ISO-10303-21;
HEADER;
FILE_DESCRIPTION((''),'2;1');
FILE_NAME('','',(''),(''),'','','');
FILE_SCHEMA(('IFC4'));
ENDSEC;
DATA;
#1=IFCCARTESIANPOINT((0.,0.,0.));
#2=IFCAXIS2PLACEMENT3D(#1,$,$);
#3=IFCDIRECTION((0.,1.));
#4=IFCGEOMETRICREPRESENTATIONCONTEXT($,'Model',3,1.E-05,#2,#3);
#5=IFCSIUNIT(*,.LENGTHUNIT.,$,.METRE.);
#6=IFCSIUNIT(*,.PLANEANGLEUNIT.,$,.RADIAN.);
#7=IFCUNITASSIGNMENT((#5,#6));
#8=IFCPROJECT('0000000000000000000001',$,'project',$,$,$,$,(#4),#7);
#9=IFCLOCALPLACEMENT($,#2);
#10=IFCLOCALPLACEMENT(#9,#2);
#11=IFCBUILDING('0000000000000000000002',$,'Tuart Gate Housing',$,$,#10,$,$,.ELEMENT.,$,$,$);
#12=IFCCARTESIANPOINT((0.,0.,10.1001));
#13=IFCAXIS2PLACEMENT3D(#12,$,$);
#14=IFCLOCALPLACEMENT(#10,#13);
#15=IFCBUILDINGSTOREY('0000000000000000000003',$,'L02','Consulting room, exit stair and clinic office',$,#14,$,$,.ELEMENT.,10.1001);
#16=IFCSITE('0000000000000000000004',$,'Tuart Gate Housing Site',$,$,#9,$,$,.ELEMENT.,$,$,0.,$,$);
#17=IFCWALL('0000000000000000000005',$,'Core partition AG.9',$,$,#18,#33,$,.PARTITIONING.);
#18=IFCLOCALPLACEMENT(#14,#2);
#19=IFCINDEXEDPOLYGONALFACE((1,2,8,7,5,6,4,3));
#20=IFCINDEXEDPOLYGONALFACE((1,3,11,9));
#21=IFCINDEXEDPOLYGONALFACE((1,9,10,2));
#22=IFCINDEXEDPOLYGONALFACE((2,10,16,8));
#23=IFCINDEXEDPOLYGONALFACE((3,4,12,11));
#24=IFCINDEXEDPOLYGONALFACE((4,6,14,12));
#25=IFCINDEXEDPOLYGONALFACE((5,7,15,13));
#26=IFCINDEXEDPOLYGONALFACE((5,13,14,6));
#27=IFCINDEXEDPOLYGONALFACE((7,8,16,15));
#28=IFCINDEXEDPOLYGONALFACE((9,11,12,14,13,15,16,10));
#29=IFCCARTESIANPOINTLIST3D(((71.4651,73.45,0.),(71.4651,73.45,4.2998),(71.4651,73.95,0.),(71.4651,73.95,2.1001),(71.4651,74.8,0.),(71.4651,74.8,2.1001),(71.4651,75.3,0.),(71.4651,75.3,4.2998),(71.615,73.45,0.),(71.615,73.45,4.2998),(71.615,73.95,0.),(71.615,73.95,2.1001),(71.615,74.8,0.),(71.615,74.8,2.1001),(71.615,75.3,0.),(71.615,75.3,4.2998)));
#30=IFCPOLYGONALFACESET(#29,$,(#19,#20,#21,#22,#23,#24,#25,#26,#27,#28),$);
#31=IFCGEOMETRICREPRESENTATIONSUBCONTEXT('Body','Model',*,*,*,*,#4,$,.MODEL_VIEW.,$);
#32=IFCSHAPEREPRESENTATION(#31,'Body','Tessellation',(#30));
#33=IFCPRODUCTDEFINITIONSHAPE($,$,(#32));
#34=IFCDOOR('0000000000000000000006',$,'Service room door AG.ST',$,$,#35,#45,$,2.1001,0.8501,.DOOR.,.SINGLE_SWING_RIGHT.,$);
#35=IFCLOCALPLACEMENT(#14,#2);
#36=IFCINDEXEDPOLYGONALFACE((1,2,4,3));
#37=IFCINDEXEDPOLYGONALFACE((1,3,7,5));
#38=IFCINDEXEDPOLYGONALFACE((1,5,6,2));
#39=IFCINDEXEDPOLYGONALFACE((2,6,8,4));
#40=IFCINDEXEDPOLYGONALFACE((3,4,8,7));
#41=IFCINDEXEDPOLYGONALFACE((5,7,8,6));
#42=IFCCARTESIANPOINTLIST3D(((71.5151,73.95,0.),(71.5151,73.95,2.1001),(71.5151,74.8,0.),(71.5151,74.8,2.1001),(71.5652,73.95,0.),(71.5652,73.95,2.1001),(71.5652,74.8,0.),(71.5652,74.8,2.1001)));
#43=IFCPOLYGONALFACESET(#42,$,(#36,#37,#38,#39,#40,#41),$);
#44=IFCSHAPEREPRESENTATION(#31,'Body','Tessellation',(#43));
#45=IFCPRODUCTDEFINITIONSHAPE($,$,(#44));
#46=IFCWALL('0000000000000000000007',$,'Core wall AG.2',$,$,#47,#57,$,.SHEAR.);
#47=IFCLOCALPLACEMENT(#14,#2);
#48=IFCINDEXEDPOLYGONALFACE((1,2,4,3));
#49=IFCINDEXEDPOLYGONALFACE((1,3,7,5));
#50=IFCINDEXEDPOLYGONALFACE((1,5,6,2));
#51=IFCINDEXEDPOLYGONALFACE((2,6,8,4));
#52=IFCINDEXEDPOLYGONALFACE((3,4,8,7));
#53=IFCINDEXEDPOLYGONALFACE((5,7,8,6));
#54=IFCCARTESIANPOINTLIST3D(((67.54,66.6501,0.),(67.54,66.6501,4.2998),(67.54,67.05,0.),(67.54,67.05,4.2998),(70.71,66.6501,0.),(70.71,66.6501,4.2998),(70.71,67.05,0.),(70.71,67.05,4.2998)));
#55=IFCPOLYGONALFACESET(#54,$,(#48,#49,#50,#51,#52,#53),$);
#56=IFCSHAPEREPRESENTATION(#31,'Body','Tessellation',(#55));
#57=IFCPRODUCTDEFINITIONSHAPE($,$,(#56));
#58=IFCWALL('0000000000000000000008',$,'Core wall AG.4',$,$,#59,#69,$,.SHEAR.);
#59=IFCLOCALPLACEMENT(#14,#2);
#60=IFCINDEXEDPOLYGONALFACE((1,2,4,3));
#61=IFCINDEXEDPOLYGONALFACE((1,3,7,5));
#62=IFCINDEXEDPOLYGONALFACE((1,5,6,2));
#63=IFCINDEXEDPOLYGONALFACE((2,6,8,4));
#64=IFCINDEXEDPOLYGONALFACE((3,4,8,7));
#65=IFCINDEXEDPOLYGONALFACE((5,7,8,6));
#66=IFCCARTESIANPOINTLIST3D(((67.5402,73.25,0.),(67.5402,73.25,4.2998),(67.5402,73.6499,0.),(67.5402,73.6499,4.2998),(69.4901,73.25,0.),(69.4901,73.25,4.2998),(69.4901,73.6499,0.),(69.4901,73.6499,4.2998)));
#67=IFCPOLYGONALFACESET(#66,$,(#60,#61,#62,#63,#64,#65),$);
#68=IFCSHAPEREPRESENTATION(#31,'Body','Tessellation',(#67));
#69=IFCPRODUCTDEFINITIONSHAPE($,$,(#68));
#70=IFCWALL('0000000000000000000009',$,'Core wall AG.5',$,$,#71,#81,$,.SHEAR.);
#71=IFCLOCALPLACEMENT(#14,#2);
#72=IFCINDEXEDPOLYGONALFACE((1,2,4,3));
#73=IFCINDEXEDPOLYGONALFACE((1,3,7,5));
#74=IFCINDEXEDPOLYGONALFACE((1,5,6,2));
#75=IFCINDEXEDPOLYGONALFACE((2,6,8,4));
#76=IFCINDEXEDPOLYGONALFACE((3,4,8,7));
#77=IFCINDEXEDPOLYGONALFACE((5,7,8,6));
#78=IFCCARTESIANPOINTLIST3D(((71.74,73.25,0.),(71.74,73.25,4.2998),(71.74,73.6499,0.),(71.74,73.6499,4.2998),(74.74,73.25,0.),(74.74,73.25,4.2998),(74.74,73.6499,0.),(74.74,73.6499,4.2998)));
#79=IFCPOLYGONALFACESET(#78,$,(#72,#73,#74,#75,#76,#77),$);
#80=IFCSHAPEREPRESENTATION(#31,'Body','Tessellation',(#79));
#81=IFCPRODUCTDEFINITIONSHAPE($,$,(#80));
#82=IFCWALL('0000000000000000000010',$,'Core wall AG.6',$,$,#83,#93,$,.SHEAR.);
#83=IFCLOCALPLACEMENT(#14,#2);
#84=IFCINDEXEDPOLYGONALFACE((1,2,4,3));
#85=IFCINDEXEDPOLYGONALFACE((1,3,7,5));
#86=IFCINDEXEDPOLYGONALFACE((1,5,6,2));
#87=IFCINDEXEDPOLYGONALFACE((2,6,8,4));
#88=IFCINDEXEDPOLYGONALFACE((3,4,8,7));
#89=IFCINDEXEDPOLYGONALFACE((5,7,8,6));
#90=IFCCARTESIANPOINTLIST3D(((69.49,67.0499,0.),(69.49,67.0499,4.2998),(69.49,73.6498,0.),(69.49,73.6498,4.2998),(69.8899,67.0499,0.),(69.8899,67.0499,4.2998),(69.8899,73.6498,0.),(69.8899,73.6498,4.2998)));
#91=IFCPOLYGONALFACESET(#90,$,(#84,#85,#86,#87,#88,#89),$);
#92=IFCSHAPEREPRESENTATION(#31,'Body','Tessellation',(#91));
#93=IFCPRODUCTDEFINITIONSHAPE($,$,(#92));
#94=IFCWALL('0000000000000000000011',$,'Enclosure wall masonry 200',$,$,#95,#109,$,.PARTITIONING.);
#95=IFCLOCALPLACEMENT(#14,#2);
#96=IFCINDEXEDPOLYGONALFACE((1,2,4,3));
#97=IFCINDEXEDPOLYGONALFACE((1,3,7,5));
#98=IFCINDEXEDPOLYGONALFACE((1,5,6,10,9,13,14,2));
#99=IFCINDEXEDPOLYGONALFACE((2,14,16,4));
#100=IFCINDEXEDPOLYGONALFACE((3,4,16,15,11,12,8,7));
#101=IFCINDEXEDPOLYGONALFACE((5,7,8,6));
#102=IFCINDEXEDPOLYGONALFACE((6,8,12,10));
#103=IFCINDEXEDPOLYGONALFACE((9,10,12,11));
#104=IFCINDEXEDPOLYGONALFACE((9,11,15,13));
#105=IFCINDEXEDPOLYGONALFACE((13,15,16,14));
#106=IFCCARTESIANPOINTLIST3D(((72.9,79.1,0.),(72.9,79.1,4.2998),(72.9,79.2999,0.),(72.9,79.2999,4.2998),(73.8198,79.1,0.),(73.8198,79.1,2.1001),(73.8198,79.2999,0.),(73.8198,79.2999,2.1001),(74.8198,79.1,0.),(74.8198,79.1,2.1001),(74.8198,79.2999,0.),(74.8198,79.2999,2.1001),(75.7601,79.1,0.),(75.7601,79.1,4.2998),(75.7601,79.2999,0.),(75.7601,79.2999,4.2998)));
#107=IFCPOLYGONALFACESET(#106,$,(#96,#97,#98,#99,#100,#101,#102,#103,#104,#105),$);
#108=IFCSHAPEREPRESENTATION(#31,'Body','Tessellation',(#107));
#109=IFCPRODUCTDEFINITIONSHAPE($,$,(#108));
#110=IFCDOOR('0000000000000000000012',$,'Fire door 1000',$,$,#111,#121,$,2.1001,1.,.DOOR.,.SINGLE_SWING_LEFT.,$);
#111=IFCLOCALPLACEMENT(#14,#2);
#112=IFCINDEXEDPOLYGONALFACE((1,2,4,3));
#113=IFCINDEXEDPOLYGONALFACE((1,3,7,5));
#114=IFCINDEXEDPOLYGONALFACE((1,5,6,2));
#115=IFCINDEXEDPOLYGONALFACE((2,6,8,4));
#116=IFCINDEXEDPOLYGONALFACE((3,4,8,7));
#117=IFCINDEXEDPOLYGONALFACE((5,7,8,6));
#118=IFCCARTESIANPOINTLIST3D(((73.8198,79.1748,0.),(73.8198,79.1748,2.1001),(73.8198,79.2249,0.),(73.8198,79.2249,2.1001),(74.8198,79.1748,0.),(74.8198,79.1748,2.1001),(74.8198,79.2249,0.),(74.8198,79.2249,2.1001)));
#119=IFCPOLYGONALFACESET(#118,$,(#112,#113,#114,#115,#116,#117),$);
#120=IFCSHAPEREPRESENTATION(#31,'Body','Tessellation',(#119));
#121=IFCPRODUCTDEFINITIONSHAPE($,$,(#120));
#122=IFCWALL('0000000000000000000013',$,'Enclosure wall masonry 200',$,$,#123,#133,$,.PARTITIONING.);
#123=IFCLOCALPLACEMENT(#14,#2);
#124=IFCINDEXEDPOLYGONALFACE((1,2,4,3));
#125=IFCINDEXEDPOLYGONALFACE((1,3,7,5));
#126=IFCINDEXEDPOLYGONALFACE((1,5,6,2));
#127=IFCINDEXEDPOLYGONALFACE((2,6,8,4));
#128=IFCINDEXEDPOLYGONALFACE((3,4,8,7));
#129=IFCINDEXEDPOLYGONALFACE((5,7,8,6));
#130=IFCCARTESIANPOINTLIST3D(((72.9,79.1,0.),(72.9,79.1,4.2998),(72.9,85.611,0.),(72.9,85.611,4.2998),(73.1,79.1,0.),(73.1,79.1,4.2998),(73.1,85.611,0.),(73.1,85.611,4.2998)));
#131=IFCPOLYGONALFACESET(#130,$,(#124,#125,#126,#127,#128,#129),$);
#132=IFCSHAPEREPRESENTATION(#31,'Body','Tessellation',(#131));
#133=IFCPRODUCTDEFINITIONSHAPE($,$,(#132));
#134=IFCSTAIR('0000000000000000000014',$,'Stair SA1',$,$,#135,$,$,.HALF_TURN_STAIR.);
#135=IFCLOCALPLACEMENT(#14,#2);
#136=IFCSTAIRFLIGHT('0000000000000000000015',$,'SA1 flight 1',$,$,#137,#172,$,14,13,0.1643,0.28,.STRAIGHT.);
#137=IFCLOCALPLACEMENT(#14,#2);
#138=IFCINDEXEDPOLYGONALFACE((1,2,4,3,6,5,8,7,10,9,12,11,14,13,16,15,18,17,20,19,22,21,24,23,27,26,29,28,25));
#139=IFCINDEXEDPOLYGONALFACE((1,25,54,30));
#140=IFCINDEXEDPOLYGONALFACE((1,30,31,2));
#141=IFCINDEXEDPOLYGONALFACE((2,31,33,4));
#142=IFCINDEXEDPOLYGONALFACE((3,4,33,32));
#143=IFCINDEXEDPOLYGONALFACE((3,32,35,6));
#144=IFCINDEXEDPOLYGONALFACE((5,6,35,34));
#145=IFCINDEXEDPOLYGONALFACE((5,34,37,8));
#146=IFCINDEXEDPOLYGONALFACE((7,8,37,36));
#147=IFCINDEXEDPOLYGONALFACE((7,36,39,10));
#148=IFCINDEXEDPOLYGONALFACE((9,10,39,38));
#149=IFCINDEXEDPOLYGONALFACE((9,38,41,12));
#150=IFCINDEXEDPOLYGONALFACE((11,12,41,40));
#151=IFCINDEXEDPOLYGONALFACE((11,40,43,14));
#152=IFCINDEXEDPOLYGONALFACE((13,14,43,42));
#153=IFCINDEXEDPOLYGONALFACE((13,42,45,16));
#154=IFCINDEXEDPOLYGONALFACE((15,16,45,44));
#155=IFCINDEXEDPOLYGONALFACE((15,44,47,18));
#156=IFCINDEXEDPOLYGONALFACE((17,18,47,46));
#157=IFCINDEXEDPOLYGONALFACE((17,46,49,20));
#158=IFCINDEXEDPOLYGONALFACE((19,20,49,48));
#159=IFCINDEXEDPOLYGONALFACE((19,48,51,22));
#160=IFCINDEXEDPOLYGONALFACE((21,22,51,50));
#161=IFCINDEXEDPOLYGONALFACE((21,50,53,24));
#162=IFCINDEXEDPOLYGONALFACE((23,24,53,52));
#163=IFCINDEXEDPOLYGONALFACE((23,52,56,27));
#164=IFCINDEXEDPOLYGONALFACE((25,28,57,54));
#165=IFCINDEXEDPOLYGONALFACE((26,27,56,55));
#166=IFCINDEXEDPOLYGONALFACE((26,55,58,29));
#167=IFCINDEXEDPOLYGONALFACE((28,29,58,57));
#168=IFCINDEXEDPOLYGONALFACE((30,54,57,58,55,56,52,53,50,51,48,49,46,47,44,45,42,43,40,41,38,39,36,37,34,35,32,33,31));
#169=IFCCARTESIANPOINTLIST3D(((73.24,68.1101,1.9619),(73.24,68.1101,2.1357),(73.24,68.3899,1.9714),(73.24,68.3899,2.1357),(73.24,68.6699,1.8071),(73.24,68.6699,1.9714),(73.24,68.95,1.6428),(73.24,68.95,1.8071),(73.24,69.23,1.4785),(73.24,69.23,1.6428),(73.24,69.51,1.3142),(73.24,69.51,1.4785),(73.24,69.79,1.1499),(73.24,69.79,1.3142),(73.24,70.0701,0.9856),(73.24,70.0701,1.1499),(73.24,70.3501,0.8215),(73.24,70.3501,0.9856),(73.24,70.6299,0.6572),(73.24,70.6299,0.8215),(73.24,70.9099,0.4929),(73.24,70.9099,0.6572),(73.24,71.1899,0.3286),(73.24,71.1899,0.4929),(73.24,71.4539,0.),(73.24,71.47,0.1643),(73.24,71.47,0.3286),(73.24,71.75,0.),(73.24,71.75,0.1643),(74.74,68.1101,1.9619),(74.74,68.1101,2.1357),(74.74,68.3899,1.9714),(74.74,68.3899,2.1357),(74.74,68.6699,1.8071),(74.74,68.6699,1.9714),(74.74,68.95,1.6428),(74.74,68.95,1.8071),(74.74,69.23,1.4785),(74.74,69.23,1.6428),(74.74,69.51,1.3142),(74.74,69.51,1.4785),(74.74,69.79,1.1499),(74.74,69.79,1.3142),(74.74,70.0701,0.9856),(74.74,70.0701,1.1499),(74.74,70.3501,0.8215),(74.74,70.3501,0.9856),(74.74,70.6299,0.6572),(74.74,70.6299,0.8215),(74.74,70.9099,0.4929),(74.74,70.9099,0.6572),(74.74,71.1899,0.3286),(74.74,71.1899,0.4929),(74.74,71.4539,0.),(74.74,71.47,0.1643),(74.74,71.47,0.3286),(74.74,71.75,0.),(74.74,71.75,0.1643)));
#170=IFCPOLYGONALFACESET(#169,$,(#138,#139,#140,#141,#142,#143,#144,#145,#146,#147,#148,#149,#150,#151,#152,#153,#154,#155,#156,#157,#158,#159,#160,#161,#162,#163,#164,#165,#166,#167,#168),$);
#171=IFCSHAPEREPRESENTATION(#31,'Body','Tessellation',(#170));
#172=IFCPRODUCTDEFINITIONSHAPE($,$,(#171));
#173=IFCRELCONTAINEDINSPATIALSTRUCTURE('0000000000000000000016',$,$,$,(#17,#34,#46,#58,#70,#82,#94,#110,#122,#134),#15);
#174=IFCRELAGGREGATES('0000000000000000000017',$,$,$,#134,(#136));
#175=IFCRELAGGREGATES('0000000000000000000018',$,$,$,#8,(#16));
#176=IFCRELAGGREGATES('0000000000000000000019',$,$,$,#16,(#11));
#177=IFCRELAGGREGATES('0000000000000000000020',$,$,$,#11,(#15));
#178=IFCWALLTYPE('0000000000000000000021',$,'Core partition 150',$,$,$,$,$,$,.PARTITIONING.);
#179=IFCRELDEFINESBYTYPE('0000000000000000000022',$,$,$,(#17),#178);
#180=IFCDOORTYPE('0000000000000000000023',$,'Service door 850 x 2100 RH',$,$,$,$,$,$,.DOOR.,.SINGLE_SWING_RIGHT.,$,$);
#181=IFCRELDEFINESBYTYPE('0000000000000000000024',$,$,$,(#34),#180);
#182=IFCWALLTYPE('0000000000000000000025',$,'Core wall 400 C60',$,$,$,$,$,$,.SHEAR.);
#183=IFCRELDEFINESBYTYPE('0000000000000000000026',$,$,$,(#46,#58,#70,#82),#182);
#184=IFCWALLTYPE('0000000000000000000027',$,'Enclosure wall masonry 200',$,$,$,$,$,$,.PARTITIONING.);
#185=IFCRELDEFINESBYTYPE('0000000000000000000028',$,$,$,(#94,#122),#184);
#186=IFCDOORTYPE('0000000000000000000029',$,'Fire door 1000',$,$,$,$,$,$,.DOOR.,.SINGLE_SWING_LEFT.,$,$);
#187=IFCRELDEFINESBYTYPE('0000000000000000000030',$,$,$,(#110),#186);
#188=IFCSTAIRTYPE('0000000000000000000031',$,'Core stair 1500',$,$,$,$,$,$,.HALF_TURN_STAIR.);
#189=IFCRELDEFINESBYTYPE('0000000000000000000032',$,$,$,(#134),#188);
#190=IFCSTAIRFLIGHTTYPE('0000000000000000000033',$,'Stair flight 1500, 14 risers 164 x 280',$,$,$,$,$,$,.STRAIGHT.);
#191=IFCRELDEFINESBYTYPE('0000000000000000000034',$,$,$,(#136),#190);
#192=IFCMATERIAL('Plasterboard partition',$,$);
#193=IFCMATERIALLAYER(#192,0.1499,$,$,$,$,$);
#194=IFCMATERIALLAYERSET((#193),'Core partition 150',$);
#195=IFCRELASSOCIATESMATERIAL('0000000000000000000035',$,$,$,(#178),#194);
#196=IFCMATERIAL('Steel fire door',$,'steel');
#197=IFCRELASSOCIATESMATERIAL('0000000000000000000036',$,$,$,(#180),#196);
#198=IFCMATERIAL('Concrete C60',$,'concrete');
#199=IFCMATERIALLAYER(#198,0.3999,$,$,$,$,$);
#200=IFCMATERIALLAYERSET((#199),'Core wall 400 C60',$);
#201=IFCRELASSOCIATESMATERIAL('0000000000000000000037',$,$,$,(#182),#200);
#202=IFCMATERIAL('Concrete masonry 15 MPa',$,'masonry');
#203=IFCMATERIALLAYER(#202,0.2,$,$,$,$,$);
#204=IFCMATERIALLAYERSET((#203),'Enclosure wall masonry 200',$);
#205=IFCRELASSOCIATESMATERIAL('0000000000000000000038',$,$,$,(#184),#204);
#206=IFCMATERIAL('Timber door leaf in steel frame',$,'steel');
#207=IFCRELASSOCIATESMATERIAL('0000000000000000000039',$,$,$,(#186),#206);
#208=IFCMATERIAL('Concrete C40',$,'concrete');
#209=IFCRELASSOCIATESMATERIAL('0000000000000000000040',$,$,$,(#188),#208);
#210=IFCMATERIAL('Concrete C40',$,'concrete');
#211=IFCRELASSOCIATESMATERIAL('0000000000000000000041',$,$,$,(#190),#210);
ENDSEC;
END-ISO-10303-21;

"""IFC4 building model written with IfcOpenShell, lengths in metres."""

from ifc_helpers import new_model, si_unit, direction, frame, frame_2d, origin, place, context, subcontext, project, spatial, polyline, rectangle, outline, extrude, material, layer, layer_set, type_object, element, fill, aggregate, save


model = new_model("IFC4")

# Units and contexts
model_context = context("Model", 3, precision=1e-05, world=origin(), true_north=direction((0.0, 1.0)))
body_context = subcontext(model_context, "Body", "Model", "MODEL_VIEW")
ifc_project = project(units=[si_unit("LENGTHUNIT", "METRE"), si_unit("PLANEANGLEUNIT", "RADIAN")], contexts=[model_context])

# Site, building, storey
site_placement = place(None, origin())
site = spatial("IfcSite", under=ifc_project, at=site_placement, Name="Tuart Gate Housing Site", CompositionType="ELEMENT", RefElevation=0.0)
building_placement = place(site_placement, origin())
building = spatial("IfcBuilding", under=site, at=building_placement, Name="Tuart Gate Housing", CompositionType="ELEMENT")
storey_placement = place(building_placement, frame((0.0, 0.0, 10.1001)))
storey = spatial("IfcBuildingStorey", under=building, at=storey_placement, Name="L02", Description="Consulting room, exit stair and clinic office", CompositionType="ELEMENT", Elevation=10.1001)

# Wall, opening, door
ifc_material_1 = material(Name="Plasterboard partition")
ifc_layer_1 = layer(ifc_material_1, 0.1499)
ifc_layer_set_1 = layer_set([ifc_layer_1], Name="Core partition 150")
wall_type_1 = type_object("IfcWallType", Name="Core partition 150", PredefinedType="PARTITIONING", material=ifc_layer_set_1)
wall_1_placement = place(storey_placement, frame((71.54, 73.45, 0.0), z_axis=(0.0, 0.0, 1.0), x_axis=(0.0, 1.0, 0.0)))
wall_1 = element("IfcWall", 1, at=wall_1_placement, inside=storey, type_object=wall_type_1, Name="Core partition AG.9", PredefinedType="PARTITIONING", context=body_context, shape_type="SweptSolid", body=[
    extrude(rectangle(XDim=1.8501, YDim=0.1499, at=frame_2d((0.925, 0.0))), origin(), (0.0, 0.0, 1.0), 4.2998),
])
opening_1_placement = place(wall_1_placement, frame((0.5, 0.0, 0.0)))
opening_1 = element("IfcOpeningElement", 2, at=opening_1_placement, cuts=wall_1, PredefinedType="OPENING", context=body_context, shape_type="SweptSolid", body=[
    extrude(rectangle(XDim=0.8501, YDim=2.1001, at=frame_2d((0.425, 1.05))), frame((0.0, 0.085, 0.0), z_axis=(0.0, -1.0, 0.0), x_axis=(1.0, 0.0, 0.0)), (0.0, 0.0, 1.0), 0.1699),
])
ifc_material_2 = material(Name="Steel fire door", Category="steel")
door_type_1 = type_object("IfcDoorType", Name="Service door 850 x 2100 RH", OperationType="SINGLE_SWING_RIGHT", PredefinedType="DOOR", material=ifc_material_2)
door_1_placement = place(opening_1_placement, frame((0.8501, 0.0, 0.0), z_axis=(0.0, 0.0, 1.0), x_axis=(-1.0, 0.0, 0.0)))
door_1 = element("IfcDoor", 3, at=door_1_placement, inside=storey, type_object=door_type_1, Name="Service room door AG.ST", OperationType="SINGLE_SWING_RIGHT", OverallHeight=2.1001, OverallWidth=0.8501, PredefinedType="DOOR", context=body_context, shape_type="SweptSolid", body=[
    extrude(rectangle(XDim=0.8501, YDim=2.1001, at=frame_2d((0.425, 1.05))), frame((0.0, 0.0251, 0.0), z_axis=(0.0, -1.0, 0.0), x_axis=(1.0, 0.0, 0.0)), (0.0, 0.0, 1.0), 0.05),
])
fill(opening_1, door_1)

# Walls
ifc_material_3 = material(Name="Concrete C60", Category="concrete")
ifc_layer_2 = layer(ifc_material_3, 0.3999)
ifc_layer_set_2 = layer_set([ifc_layer_2], Name="Core wall 400 C60")
wall_type_2 = type_object("IfcWallType", Name="Core wall 400 C60", PredefinedType="SHEAR", material=ifc_layer_set_2)
wall_2_placement = place(storey_placement, frame((67.54, 66.8501, 0.0), z_axis=(0.0, 0.0, 1.0), x_axis=(1.0, 0.0, 0.0)))
element("IfcWall", 4, at=wall_2_placement, inside=storey, type_object=wall_type_2, Name="Core wall AG.2", PredefinedType="SHEAR", context=body_context, shape_type="SweptSolid", body=[
    extrude(rectangle(XDim=3.1699, YDim=0.3999, at=frame_2d((1.585, 0.0))), origin(), (0.0, 0.0, 1.0), 4.2998),
])
wall_3_placement = place(storey_placement, frame((67.54, 73.45, 0.0), z_axis=(0.0, 0.0, 1.0), x_axis=(1.0, 0.0, 0.0)))
element("IfcWall", 5, at=wall_3_placement, inside=storey, type_object=wall_type_2, Name="Core wall AG.4", PredefinedType="SHEAR", context=body_context, shape_type="SweptSolid", body=[
    extrude(rectangle(XDim=1.95, YDim=0.3999, at=frame_2d((0.9751, 0.0))), origin(), (0.0, 0.0, 1.0), 4.2998),
])
wall_4_placement = place(storey_placement, frame((71.74, 73.45, 0.0), z_axis=(0.0, 0.0, 1.0), x_axis=(1.0, 0.0, 0.0)))
element("IfcWall", 6, at=wall_4_placement, inside=storey, type_object=wall_type_2, Name="Core wall AG.5", PredefinedType="SHEAR", context=body_context, shape_type="SweptSolid", body=[
    extrude(rectangle(XDim=3.0, YDim=0.3999, at=frame_2d((1.5, 0.0))), origin(), (0.0, 0.0, 1.0), 4.2998),
])
wall_5_placement = place(storey_placement, frame((69.6899, 67.05, 0.0), z_axis=(0.0, 0.0, 1.0), x_axis=(0.0, 1.0, 0.0)))
element("IfcWall", 7, at=wall_5_placement, inside=storey, type_object=wall_type_2, Name="Core wall AG.6", PredefinedType="SHEAR", context=body_context, shape_type="SweptSolid", body=[
    extrude(rectangle(XDim=6.5999, YDim=0.3999, at=frame_2d((3.2998, 0.0))), origin(), (0.0, 0.0, 1.0), 4.2998),
])

# Wall, opening, door
ifc_material_4 = material(Name="Concrete masonry 15 MPa", Category="masonry")
ifc_layer_3 = layer(ifc_material_4, 0.2)
ifc_layer_set_3 = layer_set([ifc_layer_3], Name="Enclosure wall masonry 200")
wall_type_3 = type_object("IfcWallType", Name="Enclosure wall masonry 200", PredefinedType="PARTITIONING", material=ifc_layer_set_3)
wall_6_placement = place(storey_placement, frame((72.8999, 79.2, 0.0), z_axis=(0.0, 0.0, 1.0), x_axis=(1.0, 0.0, 0.0)))
wall_6 = element("IfcWall", 8, at=wall_6_placement, inside=storey, type_object=wall_type_3, Name="Enclosure wall masonry 200", PredefinedType="PARTITIONING", context=body_context, shape_type="SweptSolid", body=[
    extrude(rectangle(XDim=2.8601, YDim=0.2, at=frame_2d((1.4302, 0.0))), origin(), (0.0, 0.0, 1.0), 4.2998),
])
opening_2_placement = place(wall_6_placement, frame((0.9199, 0.0, 0.0)))
opening_2 = element("IfcOpeningElement", 9, at=opening_2_placement, cuts=wall_6, PredefinedType="OPENING", context=body_context, shape_type="SweptSolid", body=[
    extrude(rectangle(XDim=1.0, YDim=2.1001, at=frame_2d((0.5, 1.05))), frame((0.0, 0.1099, 0.0), z_axis=(0.0, -1.0, 0.0), x_axis=(1.0, 0.0, 0.0)), (0.0, 0.0, 1.0), 0.22),
])
ifc_material_5 = material(Name="Timber door leaf in steel frame", Category="steel")
door_type_2 = type_object("IfcDoorType", Name="Fire door 1000", OperationType="SINGLE_SWING_LEFT", PredefinedType="DOOR", material=ifc_material_5)
door_2_placement = place(opening_2_placement, origin())
door_2 = element("IfcDoor", 10, at=door_2_placement, inside=storey, type_object=door_type_2, Name="Fire door 1000", OperationType="SINGLE_SWING_LEFT", OverallHeight=2.1001, OverallWidth=1.0, PredefinedType="DOOR", context=body_context, shape_type="SweptSolid", body=[
    extrude(rectangle(XDim=1.0, YDim=2.1001, at=frame_2d((0.5, 1.05))), frame((0.0, 0.0249, 0.0), z_axis=(0.0, -1.0, 0.0), x_axis=(1.0, 0.0, 0.0)), (0.0, 0.0, 1.0), 0.05),
])
fill(opening_2, door_2)

# Wall
wall_7_placement = place(storey_placement, frame((73.0, 79.1001, 0.0), z_axis=(0.0, 0.0, 1.0), x_axis=(0.0, 1.0, 0.0)))
element("IfcWall", 11, at=wall_7_placement, inside=storey, type_object=wall_type_3, Name="Enclosure wall masonry 200", PredefinedType="PARTITIONING", context=body_context, shape_type="SweptSolid", body=[
    extrude(rectangle(XDim=6.511, YDim=0.2, at=frame_2d((3.2554, 0.0))), origin(), (0.0, 0.0, 1.0), 4.2998),
])

# Stair, stair flight
ifc_material_6 = material(Name="Concrete C40", Category="concrete")
stair_type = type_object("IfcStairType", Name="Core stair 1500", PredefinedType="HALF_TURN_STAIR", material=ifc_material_6)
stair_placement = place(storey_placement, origin())
stair = element("IfcStair", 12, at=stair_placement, inside=storey, type_object=stair_type, Name="Stair SA1", PredefinedType="HALF_TURN_STAIR")
ifc_material_7 = material(Name="Concrete C40", Category="concrete")
stair_flight_type = type_object("IfcStairFlightType", Name="Stair flight 1500, 14 risers 164 x 280", PredefinedType="STRAIGHT", material=ifc_material_7)
stair_flight_1_placement = place(storey_placement, frame((73.99, 71.75, 0.0), z_axis=(0.0, 0.0, 1.0), x_axis=(0.0, -1.0, 0.0)))
stair_flight_1 = element("IfcStairFlight", 13, at=stair_flight_1_placement, type_object=stair_flight_type, Name="SA1 flight 1", NumberOfRisers=14, NumberOfTreads=13, PredefinedType="STRAIGHT", RiserHeight=0.1643, TreadLength=0.28, context=body_context, shape_type="SweptSolid", body=[
    extrude(outline(polyline([(0.0, 0.0), (0.0, 0.1643), (0.28, 0.1643), (0.28, 0.3286), (0.5601, 0.3286), (0.5601, 0.4929), (0.8401, 0.4929), (0.8401, 0.6572), (1.1201, 0.6572), (1.1201, 0.8215), (1.3999, 0.8215), (1.3999, 0.9856), (1.6799, 0.9856), (1.6799, 1.1499), (1.96, 1.1499), (1.96, 1.3142), (2.24, 1.3142), (2.24, 1.4785), (2.52, 1.4785), (2.52, 1.6428), (2.8, 1.6428), (2.8, 1.8071), (3.0801, 1.8071), (3.0801, 1.9714), (3.3601, 1.9714), (3.3601, 2.1357), (3.6399, 2.1357), (3.6399, 2.3), (3.6399, 1.9619), (0.2961, 0.0), (0.0, 0.0)])), frame((0.0, 0.75, 0.0), z_axis=(0.0, -1.0, 0.0), x_axis=(1.0, 0.0, 0.0)), (0.0, 0.0, 1.0), 1.5),
])
aggregate(stair, [stair_flight_1])

save(model, "model.ifc")
